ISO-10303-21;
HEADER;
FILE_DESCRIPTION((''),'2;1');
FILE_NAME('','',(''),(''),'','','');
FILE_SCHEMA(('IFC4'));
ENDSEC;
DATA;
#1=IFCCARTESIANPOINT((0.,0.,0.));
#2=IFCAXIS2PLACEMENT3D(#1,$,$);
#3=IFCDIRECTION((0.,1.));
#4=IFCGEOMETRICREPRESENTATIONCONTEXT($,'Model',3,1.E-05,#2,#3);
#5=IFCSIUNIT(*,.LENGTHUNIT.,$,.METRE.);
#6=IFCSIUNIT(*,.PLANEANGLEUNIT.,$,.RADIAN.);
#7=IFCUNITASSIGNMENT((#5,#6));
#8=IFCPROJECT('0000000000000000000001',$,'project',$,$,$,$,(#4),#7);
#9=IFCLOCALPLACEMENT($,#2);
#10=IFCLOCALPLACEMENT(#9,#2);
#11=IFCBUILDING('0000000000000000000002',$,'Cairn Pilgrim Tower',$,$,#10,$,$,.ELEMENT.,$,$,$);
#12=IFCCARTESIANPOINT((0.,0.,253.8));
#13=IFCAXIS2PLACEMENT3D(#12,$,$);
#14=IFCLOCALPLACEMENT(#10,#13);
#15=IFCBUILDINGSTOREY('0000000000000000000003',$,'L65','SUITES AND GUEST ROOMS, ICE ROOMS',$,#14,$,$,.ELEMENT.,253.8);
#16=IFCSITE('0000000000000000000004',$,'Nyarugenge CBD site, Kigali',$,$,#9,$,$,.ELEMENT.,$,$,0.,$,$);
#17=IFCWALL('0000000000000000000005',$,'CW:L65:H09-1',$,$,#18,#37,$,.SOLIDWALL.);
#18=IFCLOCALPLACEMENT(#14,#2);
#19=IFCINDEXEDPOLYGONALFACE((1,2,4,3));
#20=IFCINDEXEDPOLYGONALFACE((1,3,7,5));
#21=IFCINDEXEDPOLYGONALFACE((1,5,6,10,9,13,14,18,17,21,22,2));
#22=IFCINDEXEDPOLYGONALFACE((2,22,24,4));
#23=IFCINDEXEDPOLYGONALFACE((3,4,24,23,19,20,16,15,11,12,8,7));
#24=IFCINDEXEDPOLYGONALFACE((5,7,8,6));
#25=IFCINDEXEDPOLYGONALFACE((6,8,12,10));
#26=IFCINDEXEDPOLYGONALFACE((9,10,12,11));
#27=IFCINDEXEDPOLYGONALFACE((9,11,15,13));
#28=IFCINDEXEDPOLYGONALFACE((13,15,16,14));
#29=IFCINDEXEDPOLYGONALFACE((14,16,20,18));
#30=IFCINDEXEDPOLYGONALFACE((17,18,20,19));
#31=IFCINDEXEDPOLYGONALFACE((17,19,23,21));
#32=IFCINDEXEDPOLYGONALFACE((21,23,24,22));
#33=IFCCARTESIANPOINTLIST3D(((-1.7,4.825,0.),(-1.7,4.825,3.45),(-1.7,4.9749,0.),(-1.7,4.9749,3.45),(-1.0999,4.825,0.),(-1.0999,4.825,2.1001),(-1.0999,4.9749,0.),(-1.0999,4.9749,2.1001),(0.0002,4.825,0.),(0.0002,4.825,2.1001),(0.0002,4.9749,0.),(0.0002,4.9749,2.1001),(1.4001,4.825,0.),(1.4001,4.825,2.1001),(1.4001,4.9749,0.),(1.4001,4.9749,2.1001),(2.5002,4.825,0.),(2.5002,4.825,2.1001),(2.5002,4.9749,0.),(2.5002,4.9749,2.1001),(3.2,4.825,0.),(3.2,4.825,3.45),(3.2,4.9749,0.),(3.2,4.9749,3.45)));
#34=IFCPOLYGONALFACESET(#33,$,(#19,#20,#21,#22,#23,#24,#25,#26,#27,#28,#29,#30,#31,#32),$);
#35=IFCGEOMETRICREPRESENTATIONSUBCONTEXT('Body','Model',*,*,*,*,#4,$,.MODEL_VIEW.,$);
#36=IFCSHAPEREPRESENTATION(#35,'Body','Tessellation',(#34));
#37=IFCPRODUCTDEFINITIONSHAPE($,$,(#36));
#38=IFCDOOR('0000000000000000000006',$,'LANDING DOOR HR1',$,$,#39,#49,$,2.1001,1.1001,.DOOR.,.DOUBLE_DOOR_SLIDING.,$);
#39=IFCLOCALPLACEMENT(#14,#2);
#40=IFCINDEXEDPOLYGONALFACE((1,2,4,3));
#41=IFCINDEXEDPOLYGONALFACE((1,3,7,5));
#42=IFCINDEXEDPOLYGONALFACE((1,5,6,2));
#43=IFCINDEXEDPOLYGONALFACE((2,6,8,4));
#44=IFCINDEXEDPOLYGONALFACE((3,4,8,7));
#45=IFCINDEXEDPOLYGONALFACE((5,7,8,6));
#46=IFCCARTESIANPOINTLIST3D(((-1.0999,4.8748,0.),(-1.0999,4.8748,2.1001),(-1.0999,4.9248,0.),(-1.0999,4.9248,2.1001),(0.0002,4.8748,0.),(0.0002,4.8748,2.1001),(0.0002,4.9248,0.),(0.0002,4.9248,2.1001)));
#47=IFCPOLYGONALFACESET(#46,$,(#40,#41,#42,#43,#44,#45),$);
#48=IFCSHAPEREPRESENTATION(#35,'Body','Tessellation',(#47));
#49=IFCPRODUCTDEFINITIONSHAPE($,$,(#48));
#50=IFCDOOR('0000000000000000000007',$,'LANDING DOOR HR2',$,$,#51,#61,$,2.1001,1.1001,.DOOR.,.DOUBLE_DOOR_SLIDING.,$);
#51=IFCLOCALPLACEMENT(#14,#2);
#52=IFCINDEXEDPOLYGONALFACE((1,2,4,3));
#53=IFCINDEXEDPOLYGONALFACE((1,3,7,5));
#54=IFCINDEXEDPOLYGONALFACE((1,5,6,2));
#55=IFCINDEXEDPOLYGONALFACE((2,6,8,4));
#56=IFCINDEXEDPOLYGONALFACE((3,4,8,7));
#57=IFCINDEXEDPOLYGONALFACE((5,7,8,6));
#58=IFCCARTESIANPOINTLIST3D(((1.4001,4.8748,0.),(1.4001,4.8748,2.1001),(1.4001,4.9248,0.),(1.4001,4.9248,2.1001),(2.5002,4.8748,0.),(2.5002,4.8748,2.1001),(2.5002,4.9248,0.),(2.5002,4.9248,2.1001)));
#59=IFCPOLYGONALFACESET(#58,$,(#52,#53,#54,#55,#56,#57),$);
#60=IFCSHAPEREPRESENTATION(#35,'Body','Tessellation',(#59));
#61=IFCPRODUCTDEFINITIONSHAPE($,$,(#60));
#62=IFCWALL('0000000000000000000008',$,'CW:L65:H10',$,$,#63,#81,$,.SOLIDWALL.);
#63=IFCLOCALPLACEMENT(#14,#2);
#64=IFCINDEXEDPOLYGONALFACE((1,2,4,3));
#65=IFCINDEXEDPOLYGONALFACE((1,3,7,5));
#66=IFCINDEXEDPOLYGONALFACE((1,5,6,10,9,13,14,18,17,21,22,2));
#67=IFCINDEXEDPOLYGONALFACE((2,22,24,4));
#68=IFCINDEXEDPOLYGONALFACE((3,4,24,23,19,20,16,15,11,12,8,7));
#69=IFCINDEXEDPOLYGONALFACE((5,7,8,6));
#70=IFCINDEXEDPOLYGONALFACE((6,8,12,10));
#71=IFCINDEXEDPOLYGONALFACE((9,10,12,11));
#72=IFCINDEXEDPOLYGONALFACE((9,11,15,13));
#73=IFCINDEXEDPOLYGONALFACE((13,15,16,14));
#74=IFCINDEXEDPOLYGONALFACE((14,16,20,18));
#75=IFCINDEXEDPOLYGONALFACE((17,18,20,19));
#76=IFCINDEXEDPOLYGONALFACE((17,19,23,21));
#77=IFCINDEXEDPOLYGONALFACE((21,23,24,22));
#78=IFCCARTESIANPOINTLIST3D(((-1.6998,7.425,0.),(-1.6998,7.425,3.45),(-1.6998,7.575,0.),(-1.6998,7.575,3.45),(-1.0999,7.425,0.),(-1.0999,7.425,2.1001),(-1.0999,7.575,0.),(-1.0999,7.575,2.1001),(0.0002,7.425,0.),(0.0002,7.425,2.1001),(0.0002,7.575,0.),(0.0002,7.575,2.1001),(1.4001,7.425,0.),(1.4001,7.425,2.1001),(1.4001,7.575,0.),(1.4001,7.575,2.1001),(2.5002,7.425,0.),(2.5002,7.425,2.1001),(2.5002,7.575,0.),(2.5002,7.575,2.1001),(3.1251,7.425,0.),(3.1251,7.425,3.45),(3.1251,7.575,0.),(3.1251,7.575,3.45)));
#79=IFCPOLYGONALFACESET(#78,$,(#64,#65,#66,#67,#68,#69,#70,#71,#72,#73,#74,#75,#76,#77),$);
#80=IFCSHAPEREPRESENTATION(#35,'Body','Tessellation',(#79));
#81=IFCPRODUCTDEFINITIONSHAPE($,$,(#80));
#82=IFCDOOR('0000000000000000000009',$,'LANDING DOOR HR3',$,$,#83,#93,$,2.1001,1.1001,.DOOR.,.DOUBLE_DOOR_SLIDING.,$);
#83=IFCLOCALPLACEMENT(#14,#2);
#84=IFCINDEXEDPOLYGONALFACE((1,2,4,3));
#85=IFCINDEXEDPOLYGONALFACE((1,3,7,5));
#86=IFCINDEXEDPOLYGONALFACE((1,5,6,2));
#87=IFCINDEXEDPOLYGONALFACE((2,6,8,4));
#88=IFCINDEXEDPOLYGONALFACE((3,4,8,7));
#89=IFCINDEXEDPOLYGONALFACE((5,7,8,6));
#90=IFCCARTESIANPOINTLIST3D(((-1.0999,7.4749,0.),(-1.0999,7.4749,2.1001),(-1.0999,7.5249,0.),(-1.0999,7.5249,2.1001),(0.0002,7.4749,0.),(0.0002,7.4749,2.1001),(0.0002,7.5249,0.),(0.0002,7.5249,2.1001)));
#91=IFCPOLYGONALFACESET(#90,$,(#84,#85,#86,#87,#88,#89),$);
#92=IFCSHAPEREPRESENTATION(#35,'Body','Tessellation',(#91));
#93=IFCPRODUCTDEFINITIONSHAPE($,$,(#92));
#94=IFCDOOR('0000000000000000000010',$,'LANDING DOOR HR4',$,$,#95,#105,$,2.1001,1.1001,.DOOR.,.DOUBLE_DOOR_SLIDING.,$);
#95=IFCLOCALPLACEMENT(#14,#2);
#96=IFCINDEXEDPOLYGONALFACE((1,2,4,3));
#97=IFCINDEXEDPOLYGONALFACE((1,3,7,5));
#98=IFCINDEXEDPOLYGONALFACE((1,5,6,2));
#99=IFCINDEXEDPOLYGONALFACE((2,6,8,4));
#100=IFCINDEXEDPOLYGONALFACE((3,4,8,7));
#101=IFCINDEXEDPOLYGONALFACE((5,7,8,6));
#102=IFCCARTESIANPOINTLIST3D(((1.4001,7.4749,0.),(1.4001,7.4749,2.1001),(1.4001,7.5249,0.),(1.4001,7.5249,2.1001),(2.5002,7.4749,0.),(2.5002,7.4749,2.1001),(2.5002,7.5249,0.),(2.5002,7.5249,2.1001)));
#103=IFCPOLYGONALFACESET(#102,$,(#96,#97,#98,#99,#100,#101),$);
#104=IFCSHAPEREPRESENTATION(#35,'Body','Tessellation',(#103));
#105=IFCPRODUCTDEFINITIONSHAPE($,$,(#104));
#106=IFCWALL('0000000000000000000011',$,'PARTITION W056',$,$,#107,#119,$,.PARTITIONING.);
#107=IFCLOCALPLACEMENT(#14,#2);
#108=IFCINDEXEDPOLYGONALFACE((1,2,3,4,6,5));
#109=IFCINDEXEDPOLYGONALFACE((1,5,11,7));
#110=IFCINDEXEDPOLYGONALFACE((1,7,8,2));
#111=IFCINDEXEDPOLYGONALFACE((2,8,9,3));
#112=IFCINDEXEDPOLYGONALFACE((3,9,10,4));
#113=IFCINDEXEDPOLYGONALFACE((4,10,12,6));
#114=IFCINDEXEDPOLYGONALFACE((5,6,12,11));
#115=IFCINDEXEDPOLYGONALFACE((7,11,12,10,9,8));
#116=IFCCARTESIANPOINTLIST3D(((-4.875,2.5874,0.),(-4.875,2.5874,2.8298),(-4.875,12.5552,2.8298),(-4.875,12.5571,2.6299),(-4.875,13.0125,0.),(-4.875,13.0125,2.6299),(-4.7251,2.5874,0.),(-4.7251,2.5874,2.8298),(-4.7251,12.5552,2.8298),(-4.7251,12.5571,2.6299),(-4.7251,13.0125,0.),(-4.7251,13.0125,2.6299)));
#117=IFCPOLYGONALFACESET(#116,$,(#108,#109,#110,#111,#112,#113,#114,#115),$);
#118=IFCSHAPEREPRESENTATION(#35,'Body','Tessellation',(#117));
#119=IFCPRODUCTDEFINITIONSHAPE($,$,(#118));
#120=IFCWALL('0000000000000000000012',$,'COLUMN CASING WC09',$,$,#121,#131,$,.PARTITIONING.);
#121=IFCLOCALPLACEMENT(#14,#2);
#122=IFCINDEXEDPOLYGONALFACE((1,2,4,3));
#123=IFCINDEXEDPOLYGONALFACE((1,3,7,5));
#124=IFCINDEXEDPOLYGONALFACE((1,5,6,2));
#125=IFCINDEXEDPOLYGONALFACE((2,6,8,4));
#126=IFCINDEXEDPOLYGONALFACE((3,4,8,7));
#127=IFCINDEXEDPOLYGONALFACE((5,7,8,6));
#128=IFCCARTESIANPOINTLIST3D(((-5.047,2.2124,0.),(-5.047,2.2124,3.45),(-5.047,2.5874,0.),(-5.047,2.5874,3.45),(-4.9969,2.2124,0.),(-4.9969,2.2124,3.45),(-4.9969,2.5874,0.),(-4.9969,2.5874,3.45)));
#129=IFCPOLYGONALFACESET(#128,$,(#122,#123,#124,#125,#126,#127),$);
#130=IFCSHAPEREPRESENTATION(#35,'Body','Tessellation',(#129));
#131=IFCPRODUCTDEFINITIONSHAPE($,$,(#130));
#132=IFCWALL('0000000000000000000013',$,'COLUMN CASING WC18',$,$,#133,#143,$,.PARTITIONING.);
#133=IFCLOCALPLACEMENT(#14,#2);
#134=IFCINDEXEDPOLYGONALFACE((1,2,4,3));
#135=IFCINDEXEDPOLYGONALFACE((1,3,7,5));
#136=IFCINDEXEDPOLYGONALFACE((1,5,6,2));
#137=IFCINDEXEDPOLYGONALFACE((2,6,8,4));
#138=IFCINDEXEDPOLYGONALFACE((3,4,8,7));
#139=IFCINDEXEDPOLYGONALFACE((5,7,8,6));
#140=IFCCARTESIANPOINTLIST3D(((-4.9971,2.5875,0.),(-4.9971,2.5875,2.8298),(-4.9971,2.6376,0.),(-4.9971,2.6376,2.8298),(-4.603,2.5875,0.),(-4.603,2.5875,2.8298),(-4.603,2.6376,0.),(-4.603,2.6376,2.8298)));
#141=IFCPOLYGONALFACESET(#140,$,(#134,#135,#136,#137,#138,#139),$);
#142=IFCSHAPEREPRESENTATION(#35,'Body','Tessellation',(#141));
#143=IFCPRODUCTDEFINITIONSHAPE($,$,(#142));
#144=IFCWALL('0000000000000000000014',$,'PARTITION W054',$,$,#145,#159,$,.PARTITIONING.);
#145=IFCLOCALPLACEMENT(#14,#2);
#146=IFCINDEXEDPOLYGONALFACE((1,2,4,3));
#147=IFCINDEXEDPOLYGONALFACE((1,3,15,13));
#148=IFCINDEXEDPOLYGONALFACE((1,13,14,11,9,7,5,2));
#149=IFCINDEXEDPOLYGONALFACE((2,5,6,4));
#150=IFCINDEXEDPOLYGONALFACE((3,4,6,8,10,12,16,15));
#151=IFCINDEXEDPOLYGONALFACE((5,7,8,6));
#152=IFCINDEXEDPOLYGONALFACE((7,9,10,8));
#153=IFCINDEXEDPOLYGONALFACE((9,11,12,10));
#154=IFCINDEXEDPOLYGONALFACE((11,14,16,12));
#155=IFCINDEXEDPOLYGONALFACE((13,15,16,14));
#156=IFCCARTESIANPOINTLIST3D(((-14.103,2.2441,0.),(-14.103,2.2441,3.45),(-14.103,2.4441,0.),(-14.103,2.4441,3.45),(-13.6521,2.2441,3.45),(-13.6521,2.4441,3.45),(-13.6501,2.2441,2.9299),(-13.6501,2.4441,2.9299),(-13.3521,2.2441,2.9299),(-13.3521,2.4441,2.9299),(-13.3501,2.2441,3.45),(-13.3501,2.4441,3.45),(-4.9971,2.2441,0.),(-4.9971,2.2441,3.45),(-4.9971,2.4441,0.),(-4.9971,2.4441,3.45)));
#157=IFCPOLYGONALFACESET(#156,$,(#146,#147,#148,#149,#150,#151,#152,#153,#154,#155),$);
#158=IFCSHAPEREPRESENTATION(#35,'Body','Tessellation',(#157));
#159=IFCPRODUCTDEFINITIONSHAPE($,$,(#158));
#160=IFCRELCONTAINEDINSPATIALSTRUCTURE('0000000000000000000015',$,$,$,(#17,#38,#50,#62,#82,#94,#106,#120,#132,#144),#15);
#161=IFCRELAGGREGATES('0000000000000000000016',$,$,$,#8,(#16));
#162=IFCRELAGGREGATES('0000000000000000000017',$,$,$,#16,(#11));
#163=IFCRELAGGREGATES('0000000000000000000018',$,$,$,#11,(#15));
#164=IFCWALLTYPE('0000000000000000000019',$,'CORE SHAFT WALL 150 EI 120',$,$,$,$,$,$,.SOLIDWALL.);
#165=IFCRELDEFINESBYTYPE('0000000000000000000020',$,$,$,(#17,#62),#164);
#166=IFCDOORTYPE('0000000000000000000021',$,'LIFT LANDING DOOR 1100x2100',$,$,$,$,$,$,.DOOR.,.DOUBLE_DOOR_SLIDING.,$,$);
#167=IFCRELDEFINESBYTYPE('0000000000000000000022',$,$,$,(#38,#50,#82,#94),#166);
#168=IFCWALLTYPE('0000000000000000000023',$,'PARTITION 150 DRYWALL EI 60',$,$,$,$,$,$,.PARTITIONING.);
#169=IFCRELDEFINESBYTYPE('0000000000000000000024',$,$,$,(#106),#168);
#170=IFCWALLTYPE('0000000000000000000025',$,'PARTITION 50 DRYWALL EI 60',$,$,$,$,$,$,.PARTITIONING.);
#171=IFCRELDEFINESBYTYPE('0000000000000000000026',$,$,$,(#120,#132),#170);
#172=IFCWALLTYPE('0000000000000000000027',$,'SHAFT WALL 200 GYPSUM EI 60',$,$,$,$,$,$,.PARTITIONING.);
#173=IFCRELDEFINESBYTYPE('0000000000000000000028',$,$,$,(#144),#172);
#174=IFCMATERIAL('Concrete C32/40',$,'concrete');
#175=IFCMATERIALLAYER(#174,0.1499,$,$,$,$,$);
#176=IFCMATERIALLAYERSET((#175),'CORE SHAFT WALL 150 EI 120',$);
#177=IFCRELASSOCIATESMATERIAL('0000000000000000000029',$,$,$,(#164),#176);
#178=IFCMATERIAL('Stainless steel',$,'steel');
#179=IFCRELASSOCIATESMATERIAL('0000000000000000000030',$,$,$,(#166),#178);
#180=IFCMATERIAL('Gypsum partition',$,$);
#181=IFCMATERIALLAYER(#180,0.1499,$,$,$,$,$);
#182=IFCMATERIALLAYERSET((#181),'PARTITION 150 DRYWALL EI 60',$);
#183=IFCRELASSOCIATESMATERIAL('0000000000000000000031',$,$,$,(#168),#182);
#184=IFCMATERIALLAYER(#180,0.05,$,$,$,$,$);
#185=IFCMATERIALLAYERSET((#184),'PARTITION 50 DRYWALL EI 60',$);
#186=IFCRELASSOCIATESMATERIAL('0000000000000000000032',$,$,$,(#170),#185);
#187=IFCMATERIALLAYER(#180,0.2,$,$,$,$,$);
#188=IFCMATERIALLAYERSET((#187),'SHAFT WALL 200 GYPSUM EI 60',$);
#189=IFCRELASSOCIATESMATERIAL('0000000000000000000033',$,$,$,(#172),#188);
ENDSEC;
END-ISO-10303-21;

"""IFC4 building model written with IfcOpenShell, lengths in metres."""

from ifc_helpers import new_model, si_unit, direction, frame, frame_2d, origin, place, context, subcontext, project, spatial, polyline, rectangle, outline, extrude, material, layer, layer_set, type_object, element, fill, save


model = new_model("IFC4")

# Units and contexts
model_context = context("Model", 3, precision=1e-05, world=origin(), true_north=direction((0.0, 1.0)))
body_context = subcontext(model_context, "Body", "Model", "MODEL_VIEW")
ifc_project = project(units=[si_unit("LENGTHUNIT", "METRE"), si_unit("PLANEANGLEUNIT", "RADIAN")], contexts=[model_context])

# Site, building, storey
site_placement = place(None, origin())
site = spatial("IfcSite", under=ifc_project, at=site_placement, Name="Nyarugenge CBD site, Kigali", CompositionType="ELEMENT", RefElevation=0.0)
building_placement = place(site_placement, origin())
building = spatial("IfcBuilding", under=site, at=building_placement, Name="Cairn Pilgrim Tower", CompositionType="ELEMENT")
storey_placement = place(building_placement, frame((0.0, 0.0, 253.8)))
storey = spatial("IfcBuildingStorey", under=building, at=storey_placement, Name="L65", Description="SUITES AND GUEST ROOMS, ICE ROOMS", CompositionType="ELEMENT", Elevation=253.8)

# Shared definitions
ifc_material_1 = material(Name="Concrete C32/40", Category="concrete")

# Shared definitions
ifc_layer_1 = layer(ifc_material_1, 0.1499)
ifc_layer_set_1 = layer_set([ifc_layer_1], Name="CORE SHAFT WALL 150 EI 120")
wall_type_1 = type_object("IfcWallType", Name="CORE SHAFT WALL 150 EI 120", PredefinedType="SOLIDWALL", material=ifc_layer_set_1)

# Walls, openings, doors
wall_1_placement = place(storey_placement, frame((-1.7, 4.8999, 0.0), z_axis=(0.0, 0.0, 1.0), x_axis=(1.0, 0.0, 0.0)))
wall_1 = element("IfcWall", 1, at=wall_1_placement, inside=storey, type_object=wall_type_1, Name="CW:L65:H09-1", PredefinedType="SOLIDWALL", context=body_context, shape_type="SweptSolid", body=[
    extrude(rectangle(XDim=4.8999, YDim=0.1499, at=frame_2d((2.45, 0.0))), origin(), (0.0, 0.0, 1.0), 3.45),
])
opening_1_placement = place(wall_1_placement, frame((0.6001, 0.0, 0.0)))
opening_1 = element("IfcOpeningElement", 2, at=opening_1_placement, cuts=wall_1, PredefinedType="OPENING", context=body_context, shape_type="SweptSolid", body=[
    extrude(rectangle(XDim=1.1001, YDim=2.1001, at=frame_2d((0.55, 1.05))), frame((0.0, 0.085, 0.0), z_axis=(0.0, -1.0, 0.0), x_axis=(1.0, 0.0, 0.0)), (0.0, 0.0, 1.0), 0.1699),
])
opening_2_placement = place(wall_1_placement, frame((3.1001, 0.0, 0.0)))
opening_2 = element("IfcOpeningElement", 3, at=opening_2_placement, cuts=wall_1, PredefinedType="OPENING", context=body_context, shape_type="SweptSolid", body=[
    extrude(rectangle(XDim=1.1001, YDim=2.1001, at=frame_2d((0.55, 1.05))), frame((0.0, 0.085, 0.0), z_axis=(0.0, -1.0, 0.0), x_axis=(1.0, 0.0, 0.0)), (0.0, 0.0, 1.0), 0.1699),
])
ifc_material_2 = material(Name="Stainless steel", Category="steel")
door_type = type_object("IfcDoorType", Name="LIFT LANDING DOOR 1100x2100", OperationType="DOUBLE_DOOR_SLIDING", PredefinedType="DOOR", material=ifc_material_2)
door_1_placement = place(opening_1_placement, origin())
door_1 = element("IfcDoor", 4, at=door_1_placement, inside=storey, type_object=door_type, Name="LANDING DOOR HR1", OperationType="DOUBLE_DOOR_SLIDING", OverallHeight=2.1001, OverallWidth=1.1001, PredefinedType="DOOR", context=body_context, shape_type="SweptSolid", body=[
    extrude(rectangle(XDim=1.1001, YDim=2.1001, at=frame_2d((0.55, 1.05))), frame((0.0, 0.0249, 0.0), z_axis=(0.0, -1.0, 0.0), x_axis=(1.0, 0.0, 0.0)), (0.0, 0.0, 1.0), 0.05),
])
fill(opening_1, door_1)
door_2_placement = place(opening_2_placement, origin())
door_2 = element("IfcDoor", 5, at=door_2_placement, inside=storey, type_object=door_type, Name="LANDING DOOR HR2", OperationType="DOUBLE_DOOR_SLIDING", OverallHeight=2.1001, OverallWidth=1.1001, PredefinedType="DOOR", context=body_context, shape_type="SweptSolid", body=[
    extrude(rectangle(XDim=1.1001, YDim=2.1001, at=frame_2d((0.55, 1.05))), frame((0.0, 0.0249, 0.0), z_axis=(0.0, -1.0, 0.0), x_axis=(1.0, 0.0, 0.0)), (0.0, 0.0, 1.0), 0.05),
])
fill(opening_2, door_2)
wall_2_placement = place(storey_placement, frame((-1.7, 7.5, 0.0), z_axis=(0.0, 0.0, 1.0), x_axis=(1.0, 0.0, 0.0)))
wall_2 = element("IfcWall", 6, at=wall_2_placement, inside=storey, type_object=wall_type_1, Name="CW:L65:H10", PredefinedType="SOLIDWALL", context=body_context, shape_type="SweptSolid", body=[
    extrude(rectangle(XDim=4.825, YDim=0.1499, at=frame_2d((2.4126, 0.0))), origin(), (0.0, 0.0, 1.0), 3.45),
])
opening_3_placement = place(wall_2_placement, frame((0.6001, 0.0, 0.0)))
opening_3 = element("IfcOpeningElement", 7, at=opening_3_placement, cuts=wall_2, PredefinedType="OPENING", context=body_context, shape_type="SweptSolid", body=[
    extrude(rectangle(XDim=1.1001, YDim=2.1001, at=frame_2d((0.55, 1.05))), frame((0.0, 0.085, 0.0), z_axis=(0.0, -1.0, 0.0), x_axis=(1.0, 0.0, 0.0)), (0.0, 0.0, 1.0), 0.1699),
])
opening_4_placement = place(wall_2_placement, frame((3.1001, 0.0, 0.0)))
opening_4 = element("IfcOpeningElement", 8, at=opening_4_placement, cuts=wall_2, PredefinedType="OPENING", context=body_context, shape_type="SweptSolid", body=[
    extrude(rectangle(XDim=1.1001, YDim=2.1001, at=frame_2d((0.55, 1.05))), frame((0.0, 0.085, 0.0), z_axis=(0.0, -1.0, 0.0), x_axis=(1.0, 0.0, 0.0)), (0.0, 0.0, 1.0), 0.1699),
])
door_3_placement = place(opening_3_placement, origin())
door_3 = element("IfcDoor", 9, at=door_3_placement, inside=storey, type_object=door_type, Name="LANDING DOOR HR3", OperationType="DOUBLE_DOOR_SLIDING", OverallHeight=2.1001, OverallWidth=1.1001, PredefinedType="DOOR", context=body_context, shape_type="SweptSolid", body=[
    extrude(rectangle(XDim=1.1001, YDim=2.1001, at=frame_2d((0.55, 1.05))), frame((0.0, 0.0249, 0.0), z_axis=(0.0, -1.0, 0.0), x_axis=(1.0, 0.0, 0.0)), (0.0, 0.0, 1.0), 0.05),
])
fill(opening_3, door_3)
door_4_placement = place(opening_4_placement, origin())
door_4 = element("IfcDoor", 10, at=door_4_placement, inside=storey, type_object=door_type, Name="LANDING DOOR HR4", OperationType="DOUBLE_DOOR_SLIDING", OverallHeight=2.1001, OverallWidth=1.1001, PredefinedType="DOOR", context=body_context, shape_type="SweptSolid", body=[
    extrude(rectangle(XDim=1.1001, YDim=2.1001, at=frame_2d((0.55, 1.05))), frame((0.0, 0.0249, 0.0), z_axis=(0.0, -1.0, 0.0), x_axis=(1.0, 0.0, 0.0)), (0.0, 0.0, 1.0), 0.05),
])
fill(opening_4, door_4)

# Walls
ifc_material_3 = material(Name="Gypsum partition")
ifc_layer_2 = layer(ifc_material_3, 0.1499)
ifc_layer_set_2 = layer_set([ifc_layer_2], Name="PARTITION 150 DRYWALL EI 60")
wall_type_2 = type_object("IfcWallType", Name="PARTITION 150 DRYWALL EI 60", PredefinedType="PARTITIONING", material=ifc_layer_set_2)
wall_3_placement = place(storey_placement, frame((-4.8, 2.5874, 0.0), z_axis=(0.0, 0.0, 1.0), x_axis=(0.0, 1.0, 0.0)))
element("IfcWall", 11, at=wall_3_placement, inside=storey, type_object=wall_type_2, Name="PARTITION W056", PredefinedType="PARTITIONING", context=body_context, shape_type="SweptSolid", body=[
    extrude(outline(polyline([(0.0, 0.0), (10.425, 0.0), (10.425, 2.6299), (9.9697, 2.6299), (9.9678, 2.8298), (0.0, 2.8298), (0.0, 0.0)])), frame((0.0, 0.075, 0.0), z_axis=(0.0, -1.0, 0.0), x_axis=(1.0, 0.0, 0.0)), (0.0, 0.0, 1.0), 0.1499),
])
ifc_layer_3 = layer(ifc_material_3, 0.05)
ifc_layer_set_3 = layer_set([ifc_layer_3], Name="PARTITION 50 DRYWALL EI 60")
wall_type_3 = type_object("IfcWallType", Name="PARTITION 50 DRYWALL EI 60", PredefinedType="PARTITIONING", material=ifc_layer_set_3)
wall_4_placement = place(storey_placement, frame((-5.022, 2.2124, 0.0), z_axis=(0.0, 0.0, 1.0), x_axis=(0.0, 1.0, 0.0)))
element("IfcWall", 12, at=wall_4_placement, inside=storey, type_object=wall_type_3, Name="COLUMN CASING WC09", PredefinedType="PARTITIONING", context=body_context, shape_type="SweptSolid", body=[
    extrude(rectangle(XDim=0.375, YDim=0.05, at=frame_2d((0.1875, 0.0))), origin(), (0.0, 0.0, 1.0), 3.45),
])
wall_5_placement = place(storey_placement, frame((-4.9971, 2.6125, 0.0), z_axis=(0.0, 0.0, 1.0), x_axis=(1.0, 0.0, 0.0)))
element("IfcWall", 13, at=wall_5_placement, inside=storey, type_object=wall_type_3, Name="COLUMN CASING WC18", PredefinedType="PARTITIONING", context=body_context, shape_type="SweptSolid", body=[
    extrude(rectangle(XDim=0.394, YDim=0.05, at=frame_2d((0.197, 0.0))), origin(), (0.0, 0.0, 1.0), 2.8298),
])
ifc_layer_4 = layer(ifc_material_3, 0.2)
ifc_layer_set_4 = layer_set([ifc_layer_4], Name="SHAFT WALL 200 GYPSUM EI 60")
wall_type_4 = type_object("IfcWallType", Name="SHAFT WALL 200 GYPSUM EI 60", PredefinedType="PARTITIONING", material=ifc_layer_set_4)
wall_6_placement = place(storey_placement, frame((-14.103, 2.344, 0.0), z_axis=(0.0, 0.0, 1.0), x_axis=(1.0, 0.0, 0.0)))
element("IfcWall", 14, at=wall_6_placement, inside=storey, type_object=wall_type_4, Name="PARTITION W054", PredefinedType="PARTITIONING", context=body_context, shape_type="SweptSolid", body=[
    extrude(outline(polyline([(0.0, 0.0), (9.106, 0.0), (9.106, 3.45), (0.7529, 3.45), (0.751, 2.9299), (0.4529, 2.9299), (0.4509, 3.45), (0.0, 3.45), (0.0, 0.0)])), frame((0.0, 0.1001, 0.0), z_axis=(0.0, -1.0, 0.0), x_axis=(1.0, 0.0, 0.0)), (0.0, 0.0, 1.0), 0.2),
])

save(model, "model.ifc")
